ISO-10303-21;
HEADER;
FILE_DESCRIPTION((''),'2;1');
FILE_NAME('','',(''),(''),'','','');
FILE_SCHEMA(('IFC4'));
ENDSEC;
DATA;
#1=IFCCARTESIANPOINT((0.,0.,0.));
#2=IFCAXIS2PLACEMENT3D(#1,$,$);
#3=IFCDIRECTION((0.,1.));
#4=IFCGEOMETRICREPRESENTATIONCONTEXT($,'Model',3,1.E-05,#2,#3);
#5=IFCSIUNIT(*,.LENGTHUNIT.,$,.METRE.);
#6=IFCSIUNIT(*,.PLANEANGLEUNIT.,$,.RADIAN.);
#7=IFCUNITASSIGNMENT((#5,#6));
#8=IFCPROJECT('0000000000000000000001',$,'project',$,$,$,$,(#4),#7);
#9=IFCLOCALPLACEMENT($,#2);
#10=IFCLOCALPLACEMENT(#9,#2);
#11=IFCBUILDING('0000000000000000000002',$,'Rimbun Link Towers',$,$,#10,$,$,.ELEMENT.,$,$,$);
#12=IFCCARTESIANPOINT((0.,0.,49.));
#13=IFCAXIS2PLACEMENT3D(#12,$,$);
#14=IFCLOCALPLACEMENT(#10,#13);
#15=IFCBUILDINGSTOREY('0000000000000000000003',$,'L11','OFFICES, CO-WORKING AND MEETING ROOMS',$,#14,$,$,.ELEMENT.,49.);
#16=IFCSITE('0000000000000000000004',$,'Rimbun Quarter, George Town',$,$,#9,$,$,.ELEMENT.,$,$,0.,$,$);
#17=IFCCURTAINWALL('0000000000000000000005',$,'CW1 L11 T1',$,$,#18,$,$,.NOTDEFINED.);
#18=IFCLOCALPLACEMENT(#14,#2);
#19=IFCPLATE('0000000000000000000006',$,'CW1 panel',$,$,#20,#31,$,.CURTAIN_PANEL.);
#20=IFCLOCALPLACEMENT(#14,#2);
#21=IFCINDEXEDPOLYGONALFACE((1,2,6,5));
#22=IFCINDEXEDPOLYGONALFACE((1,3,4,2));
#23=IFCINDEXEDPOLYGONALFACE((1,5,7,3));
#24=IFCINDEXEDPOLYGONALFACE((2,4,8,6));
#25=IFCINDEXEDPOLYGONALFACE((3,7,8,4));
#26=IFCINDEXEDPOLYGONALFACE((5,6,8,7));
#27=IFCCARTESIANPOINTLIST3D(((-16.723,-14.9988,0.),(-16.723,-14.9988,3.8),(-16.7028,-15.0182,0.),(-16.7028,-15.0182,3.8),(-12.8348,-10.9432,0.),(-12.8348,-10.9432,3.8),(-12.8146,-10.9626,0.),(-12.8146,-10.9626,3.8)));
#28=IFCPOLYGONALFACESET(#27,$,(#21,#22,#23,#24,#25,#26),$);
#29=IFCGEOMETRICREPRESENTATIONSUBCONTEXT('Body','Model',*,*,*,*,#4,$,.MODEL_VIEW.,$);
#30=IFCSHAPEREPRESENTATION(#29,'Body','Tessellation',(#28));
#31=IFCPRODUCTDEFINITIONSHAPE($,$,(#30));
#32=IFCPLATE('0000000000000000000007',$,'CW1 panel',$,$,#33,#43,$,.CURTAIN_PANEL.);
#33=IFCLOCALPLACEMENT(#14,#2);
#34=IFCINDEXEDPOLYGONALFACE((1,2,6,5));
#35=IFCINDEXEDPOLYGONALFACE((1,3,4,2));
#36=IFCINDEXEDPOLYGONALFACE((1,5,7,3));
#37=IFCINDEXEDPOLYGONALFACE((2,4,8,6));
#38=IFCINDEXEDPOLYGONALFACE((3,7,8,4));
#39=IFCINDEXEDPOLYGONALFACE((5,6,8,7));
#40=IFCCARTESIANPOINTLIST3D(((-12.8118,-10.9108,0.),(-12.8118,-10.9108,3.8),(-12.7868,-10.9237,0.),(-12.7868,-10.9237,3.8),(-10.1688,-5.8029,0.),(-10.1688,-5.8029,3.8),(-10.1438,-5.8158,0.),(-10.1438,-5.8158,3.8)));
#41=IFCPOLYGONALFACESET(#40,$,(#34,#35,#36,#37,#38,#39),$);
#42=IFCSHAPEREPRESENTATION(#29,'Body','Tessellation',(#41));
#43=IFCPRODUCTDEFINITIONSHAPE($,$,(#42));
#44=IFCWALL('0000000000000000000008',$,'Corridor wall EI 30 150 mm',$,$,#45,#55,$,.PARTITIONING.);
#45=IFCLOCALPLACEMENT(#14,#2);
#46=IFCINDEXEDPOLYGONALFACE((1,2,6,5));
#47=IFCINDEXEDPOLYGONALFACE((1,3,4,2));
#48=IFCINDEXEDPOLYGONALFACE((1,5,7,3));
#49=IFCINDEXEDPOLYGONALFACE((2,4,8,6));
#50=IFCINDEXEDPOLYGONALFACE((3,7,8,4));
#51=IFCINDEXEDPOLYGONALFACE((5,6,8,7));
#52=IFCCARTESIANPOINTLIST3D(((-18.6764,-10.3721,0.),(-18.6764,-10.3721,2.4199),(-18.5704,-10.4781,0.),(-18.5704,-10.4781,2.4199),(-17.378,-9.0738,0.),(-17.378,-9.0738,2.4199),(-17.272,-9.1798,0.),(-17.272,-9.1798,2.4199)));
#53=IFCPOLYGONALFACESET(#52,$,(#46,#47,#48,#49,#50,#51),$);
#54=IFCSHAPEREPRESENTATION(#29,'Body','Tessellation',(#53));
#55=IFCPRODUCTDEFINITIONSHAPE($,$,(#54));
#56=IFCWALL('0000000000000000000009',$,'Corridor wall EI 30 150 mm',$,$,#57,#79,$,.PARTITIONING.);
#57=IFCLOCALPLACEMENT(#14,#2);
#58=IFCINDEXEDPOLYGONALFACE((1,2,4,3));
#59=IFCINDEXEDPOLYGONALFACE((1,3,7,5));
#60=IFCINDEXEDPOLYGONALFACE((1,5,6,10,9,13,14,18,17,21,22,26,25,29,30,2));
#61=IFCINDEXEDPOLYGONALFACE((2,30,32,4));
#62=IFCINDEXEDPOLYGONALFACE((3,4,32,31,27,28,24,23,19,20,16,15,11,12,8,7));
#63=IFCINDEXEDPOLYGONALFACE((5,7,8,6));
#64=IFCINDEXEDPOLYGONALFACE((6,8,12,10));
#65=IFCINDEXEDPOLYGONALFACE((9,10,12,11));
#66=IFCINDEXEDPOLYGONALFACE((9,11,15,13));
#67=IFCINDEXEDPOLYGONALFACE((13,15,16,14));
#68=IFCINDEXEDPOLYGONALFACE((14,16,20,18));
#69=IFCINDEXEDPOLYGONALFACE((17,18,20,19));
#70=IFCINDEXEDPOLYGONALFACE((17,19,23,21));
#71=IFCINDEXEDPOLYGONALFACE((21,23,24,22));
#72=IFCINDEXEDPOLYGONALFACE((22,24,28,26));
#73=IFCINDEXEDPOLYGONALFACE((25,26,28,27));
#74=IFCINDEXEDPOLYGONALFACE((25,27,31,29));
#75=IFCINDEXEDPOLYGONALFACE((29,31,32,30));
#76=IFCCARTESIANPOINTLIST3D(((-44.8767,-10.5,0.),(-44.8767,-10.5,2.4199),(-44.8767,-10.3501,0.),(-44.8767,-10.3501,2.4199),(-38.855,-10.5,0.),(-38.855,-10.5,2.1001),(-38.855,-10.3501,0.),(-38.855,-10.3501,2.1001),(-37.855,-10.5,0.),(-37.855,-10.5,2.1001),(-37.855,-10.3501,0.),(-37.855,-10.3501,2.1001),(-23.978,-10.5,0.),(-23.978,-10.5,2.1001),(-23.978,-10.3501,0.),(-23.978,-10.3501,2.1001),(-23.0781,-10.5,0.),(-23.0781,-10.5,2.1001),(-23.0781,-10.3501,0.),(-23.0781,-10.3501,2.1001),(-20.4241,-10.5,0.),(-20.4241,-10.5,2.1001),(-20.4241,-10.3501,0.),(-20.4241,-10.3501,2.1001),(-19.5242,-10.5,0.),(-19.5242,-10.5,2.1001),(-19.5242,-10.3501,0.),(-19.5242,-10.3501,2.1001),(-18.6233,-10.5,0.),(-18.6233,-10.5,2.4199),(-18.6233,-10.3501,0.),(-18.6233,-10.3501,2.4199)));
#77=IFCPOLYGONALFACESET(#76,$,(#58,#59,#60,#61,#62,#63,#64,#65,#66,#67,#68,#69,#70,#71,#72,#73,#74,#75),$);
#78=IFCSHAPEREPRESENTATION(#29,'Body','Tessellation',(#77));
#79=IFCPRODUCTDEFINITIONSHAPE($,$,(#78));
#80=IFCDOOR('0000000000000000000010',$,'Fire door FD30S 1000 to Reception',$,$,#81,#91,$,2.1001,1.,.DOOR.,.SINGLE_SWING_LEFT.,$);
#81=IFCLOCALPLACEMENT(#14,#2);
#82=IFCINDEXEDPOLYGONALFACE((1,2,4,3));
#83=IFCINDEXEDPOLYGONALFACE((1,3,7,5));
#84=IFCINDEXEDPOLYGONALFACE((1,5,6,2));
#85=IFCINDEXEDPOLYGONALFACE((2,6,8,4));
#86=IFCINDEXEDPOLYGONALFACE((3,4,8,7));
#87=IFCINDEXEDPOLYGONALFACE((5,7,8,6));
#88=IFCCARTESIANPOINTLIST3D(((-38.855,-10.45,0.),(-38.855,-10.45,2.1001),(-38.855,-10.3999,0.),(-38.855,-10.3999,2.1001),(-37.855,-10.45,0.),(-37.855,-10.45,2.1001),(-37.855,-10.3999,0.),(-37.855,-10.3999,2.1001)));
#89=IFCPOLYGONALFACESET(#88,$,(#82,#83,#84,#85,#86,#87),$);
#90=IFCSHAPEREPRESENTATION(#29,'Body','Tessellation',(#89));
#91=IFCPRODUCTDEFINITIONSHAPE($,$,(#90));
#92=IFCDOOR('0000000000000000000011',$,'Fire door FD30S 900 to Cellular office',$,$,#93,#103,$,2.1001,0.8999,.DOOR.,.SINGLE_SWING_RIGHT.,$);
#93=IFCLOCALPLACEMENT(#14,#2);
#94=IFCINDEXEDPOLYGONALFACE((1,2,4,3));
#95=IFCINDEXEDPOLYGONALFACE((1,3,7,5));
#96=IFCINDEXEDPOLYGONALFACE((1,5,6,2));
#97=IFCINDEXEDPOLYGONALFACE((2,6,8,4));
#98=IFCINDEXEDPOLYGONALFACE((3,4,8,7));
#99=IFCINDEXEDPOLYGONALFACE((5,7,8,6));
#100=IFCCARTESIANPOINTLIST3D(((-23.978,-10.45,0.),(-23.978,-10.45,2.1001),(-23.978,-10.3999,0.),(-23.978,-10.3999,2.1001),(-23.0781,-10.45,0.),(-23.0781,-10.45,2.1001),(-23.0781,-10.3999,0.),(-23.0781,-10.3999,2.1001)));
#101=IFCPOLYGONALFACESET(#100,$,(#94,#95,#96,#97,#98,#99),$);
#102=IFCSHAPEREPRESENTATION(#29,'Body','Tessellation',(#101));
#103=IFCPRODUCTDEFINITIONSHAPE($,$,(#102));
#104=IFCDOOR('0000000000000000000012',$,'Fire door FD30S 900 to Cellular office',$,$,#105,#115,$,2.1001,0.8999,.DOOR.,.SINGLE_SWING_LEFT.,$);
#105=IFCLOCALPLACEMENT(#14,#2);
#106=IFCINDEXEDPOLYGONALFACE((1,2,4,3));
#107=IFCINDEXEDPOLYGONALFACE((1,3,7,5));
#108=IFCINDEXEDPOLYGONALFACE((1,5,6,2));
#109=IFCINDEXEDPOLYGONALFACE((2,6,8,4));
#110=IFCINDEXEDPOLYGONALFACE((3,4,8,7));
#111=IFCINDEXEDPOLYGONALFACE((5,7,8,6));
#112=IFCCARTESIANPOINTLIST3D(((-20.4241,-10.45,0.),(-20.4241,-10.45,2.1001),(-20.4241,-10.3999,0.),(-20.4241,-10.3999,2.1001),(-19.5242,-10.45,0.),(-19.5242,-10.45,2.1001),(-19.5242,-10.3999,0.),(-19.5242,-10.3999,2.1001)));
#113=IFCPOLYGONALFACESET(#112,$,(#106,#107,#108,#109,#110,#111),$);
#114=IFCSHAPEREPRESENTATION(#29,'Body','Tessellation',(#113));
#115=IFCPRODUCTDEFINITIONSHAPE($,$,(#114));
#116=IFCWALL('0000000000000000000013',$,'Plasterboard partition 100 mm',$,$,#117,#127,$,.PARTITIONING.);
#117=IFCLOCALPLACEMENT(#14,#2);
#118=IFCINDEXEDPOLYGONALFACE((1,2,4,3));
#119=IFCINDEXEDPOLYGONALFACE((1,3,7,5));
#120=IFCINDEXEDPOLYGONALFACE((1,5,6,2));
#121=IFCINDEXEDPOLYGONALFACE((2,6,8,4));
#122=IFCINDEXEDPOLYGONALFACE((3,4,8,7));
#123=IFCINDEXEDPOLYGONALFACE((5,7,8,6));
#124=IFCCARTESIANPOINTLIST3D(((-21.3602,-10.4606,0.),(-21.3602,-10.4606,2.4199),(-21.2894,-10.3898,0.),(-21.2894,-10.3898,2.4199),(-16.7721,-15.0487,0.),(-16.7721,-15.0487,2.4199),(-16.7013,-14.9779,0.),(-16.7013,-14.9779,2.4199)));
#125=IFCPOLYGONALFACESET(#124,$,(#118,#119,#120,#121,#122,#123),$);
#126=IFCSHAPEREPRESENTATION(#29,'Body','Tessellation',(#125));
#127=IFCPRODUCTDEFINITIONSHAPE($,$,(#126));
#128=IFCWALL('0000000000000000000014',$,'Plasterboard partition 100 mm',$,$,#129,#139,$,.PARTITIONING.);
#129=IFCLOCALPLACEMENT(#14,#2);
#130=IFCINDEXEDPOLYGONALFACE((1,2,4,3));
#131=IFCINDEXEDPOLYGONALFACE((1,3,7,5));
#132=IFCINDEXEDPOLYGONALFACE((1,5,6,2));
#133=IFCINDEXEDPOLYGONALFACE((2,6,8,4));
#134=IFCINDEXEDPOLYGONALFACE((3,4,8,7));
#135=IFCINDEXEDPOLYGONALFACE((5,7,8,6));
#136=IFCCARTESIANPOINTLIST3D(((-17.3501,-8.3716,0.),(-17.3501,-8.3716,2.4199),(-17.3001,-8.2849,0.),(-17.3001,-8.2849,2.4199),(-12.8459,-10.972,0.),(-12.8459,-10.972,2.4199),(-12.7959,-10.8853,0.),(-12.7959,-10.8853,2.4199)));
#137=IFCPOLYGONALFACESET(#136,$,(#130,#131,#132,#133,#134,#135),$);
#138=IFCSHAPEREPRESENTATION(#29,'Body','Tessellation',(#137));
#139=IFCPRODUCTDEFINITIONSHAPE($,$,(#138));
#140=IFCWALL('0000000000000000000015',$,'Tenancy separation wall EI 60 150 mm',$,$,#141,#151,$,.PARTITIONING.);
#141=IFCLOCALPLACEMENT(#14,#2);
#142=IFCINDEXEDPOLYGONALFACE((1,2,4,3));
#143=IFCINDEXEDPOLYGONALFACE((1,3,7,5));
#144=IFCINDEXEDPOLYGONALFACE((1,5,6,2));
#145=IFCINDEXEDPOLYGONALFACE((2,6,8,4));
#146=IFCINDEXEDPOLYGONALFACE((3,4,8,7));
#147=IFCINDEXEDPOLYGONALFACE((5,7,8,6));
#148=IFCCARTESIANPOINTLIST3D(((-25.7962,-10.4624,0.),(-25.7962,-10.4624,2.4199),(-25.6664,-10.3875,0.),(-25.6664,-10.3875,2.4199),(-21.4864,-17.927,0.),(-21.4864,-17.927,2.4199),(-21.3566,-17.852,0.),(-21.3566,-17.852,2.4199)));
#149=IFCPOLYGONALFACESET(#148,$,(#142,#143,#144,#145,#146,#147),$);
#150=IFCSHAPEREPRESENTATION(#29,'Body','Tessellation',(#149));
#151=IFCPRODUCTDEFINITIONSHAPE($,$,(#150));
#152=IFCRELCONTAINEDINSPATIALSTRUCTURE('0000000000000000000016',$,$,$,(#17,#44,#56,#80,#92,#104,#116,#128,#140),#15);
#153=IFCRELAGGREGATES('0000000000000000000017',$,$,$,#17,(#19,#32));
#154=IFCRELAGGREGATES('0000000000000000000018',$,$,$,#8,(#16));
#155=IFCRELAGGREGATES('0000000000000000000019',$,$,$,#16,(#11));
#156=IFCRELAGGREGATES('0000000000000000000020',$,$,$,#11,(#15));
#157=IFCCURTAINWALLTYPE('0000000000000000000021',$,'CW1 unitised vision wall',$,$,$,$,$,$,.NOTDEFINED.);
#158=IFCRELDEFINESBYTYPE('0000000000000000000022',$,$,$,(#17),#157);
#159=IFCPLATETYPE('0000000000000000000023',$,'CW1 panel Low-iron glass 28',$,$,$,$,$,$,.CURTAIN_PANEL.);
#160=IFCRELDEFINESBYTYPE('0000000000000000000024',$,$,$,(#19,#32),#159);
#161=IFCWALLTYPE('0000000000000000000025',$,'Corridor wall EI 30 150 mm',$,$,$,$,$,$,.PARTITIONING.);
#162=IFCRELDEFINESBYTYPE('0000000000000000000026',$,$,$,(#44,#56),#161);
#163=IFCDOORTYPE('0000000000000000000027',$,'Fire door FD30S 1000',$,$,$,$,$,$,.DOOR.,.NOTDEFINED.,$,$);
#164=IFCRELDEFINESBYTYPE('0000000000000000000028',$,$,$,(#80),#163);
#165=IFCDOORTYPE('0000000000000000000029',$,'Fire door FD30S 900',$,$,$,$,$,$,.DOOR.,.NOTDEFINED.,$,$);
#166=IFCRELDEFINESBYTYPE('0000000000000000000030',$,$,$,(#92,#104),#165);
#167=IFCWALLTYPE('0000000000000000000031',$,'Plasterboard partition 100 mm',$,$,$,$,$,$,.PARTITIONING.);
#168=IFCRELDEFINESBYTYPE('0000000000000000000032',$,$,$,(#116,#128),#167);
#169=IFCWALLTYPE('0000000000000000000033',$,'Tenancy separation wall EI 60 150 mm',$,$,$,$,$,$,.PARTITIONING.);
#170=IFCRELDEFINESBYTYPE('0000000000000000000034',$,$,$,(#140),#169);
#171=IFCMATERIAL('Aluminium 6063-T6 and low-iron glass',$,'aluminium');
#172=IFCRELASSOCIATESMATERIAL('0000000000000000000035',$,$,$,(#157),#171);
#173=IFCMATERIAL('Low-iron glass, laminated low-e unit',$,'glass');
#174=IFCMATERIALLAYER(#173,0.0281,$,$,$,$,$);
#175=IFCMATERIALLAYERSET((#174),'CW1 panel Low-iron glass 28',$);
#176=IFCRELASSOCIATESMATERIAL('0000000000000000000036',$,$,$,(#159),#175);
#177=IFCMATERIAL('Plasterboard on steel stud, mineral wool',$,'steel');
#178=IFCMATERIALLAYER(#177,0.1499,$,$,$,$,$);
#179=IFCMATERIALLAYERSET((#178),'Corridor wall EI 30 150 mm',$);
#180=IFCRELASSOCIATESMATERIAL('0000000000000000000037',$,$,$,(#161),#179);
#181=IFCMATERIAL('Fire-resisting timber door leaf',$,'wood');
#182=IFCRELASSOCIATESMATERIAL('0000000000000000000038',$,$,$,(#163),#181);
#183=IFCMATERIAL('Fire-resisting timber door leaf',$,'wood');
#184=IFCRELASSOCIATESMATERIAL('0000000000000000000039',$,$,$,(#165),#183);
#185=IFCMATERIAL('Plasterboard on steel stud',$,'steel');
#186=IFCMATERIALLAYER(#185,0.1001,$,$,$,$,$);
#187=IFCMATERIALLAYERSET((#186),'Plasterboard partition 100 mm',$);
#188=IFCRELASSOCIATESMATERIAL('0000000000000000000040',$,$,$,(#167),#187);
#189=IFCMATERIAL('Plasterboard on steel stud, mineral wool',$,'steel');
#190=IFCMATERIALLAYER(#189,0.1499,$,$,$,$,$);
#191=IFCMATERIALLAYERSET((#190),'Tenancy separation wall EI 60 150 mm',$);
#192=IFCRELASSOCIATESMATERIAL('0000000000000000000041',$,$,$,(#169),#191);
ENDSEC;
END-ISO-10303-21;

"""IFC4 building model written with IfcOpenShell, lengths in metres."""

from ifc_helpers import new_model, si_unit, direction, frame, frame_2d, origin, origin_2d, place, context, subcontext, project, spatial, rectangle, extrude, material, layer, layer_set, type_object, element, fill, aggregate, save


model = new_model("IFC4")

# Units and contexts
model_context = context("Model", 3, precision=1e-05, world=origin(), true_north=direction((0.0, 1.0)))
body_context = subcontext(model_context, "Body", "Model", "MODEL_VIEW")
ifc_project = project(units=[si_unit("LENGTHUNIT", "METRE"), si_unit("PLANEANGLEUNIT", "RADIAN")], contexts=[model_context])

# Site, building, storey
site_placement = place(None, origin())
site = spatial("IfcSite", under=ifc_project, at=site_placement, Name="Rimbun Quarter, George Town", CompositionType="ELEMENT", RefElevation=0.0)
building_placement = place(site_placement, origin())
building = spatial("IfcBuilding", under=site, at=building_placement, Name="Rimbun Link Towers", CompositionType="ELEMENT")
storey_placement = place(building_placement, frame((0.0, 0.0, 49.0)))
storey = spatial("IfcBuildingStorey", under=building, at=storey_placement, Name="L11", Description="OFFICES, CO-WORKING AND MEETING ROOMS", CompositionType="ELEMENT", Elevation=49.0)

# Curtain wall
ifc_material_1 = material(Name="Aluminium 6063-T6 and low-iron glass", Category="aluminium")
curtain_wall_type = type_object("IfcCurtainWallType", Name="CW1 unitised vision wall", PredefinedType="NOTDEFINED", material=ifc_material_1)
curtain_wall_placement = place(storey_placement, origin())
curtain_wall = element("IfcCurtainWall", 1, at=curtain_wall_placement, inside=storey, type_object=curtain_wall_type, Name="CW1 L11 T1", PredefinedType="NOTDEFINED")

# Plates
ifc_material_2 = material(Name="Low-iron glass, laminated low-e unit", Category="glass")
ifc_layer_1 = layer(ifc_material_2, 0.0281)
ifc_layer_set_1 = layer_set([ifc_layer_1], Name="CW1 panel Low-iron glass 28")
plate_type = type_object("IfcPlateType", Name="CW1 panel Low-iron glass 28", PredefinedType="CURTAIN_PANEL", material=ifc_layer_set_1)
plate_1_placement = place(storey_placement, frame((-14.7688, -12.9807, 0.0), z_axis=(0.0, 0.0, 1.0), x_axis=(-0.692052, -0.721848, 0.0)))
plate_1 = element("IfcPlate", 2, at=plate_1_placement, type_object=plate_type, Name="CW1 panel", PredefinedType="CURTAIN_PANEL", context=body_context, shape_type="SweptSolid", body=[
    extrude(rectangle(XDim=5.6184, YDim=0.0281, at=origin_2d()), origin(), (0.0, 0.0, 1.0), 3.8),
])
plate_2_placement = place(storey_placement, frame((-11.4778, -8.3633, 0.0), z_axis=(0.0, 0.0, 1.0), x_axis=(-0.459555, -0.888149, 0.0)))
plate_2 = element("IfcPlate", 3, at=plate_2_placement, type_object=plate_type, Name="CW1 panel", PredefinedType="CURTAIN_PANEL", context=body_context, shape_type="SweptSolid", body=[
    extrude(rectangle(XDim=5.7512, YDim=0.0281, at=origin_2d()), origin(), (0.0, 0.0, 1.0), 3.8),
])
aggregate(curtain_wall, [plate_1, plate_2])

# Wall
ifc_material_3 = material(Name="Plasterboard on steel stud, mineral wool", Category="steel")
ifc_layer_2 = layer(ifc_material_3, 0.1499)
ifc_layer_set_2 = layer_set([ifc_layer_2], Name="Corridor wall EI 30 150 mm")
wall_type_1 = type_object("IfcWallType", Name="Corridor wall EI 30 150 mm", PredefinedType="PARTITIONING", material=ifc_layer_set_2)
wall_1_placement = place(storey_placement, frame((-18.6233, -10.425, 0.0), z_axis=(0.0, 0.0, 1.0), x_axis=(0.707107, 0.707107, 0.0)))
element("IfcWall", 4, at=wall_1_placement, inside=storey, type_object=wall_type_1, Name="Corridor wall EI 30 150 mm", PredefinedType="PARTITIONING", context=body_context, shape_type="SweptSolid", body=[
    extrude(rectangle(XDim=1.8362, YDim=0.1499, at=frame_2d((0.918, 0.0))), origin(), (0.0, 0.0, 1.0), 2.4199),
])

# Wall, openings, doors
wall_2_placement = place(storey_placement, frame((-18.6233, -10.425, 0.0), z_axis=(0.0, 0.0, 1.0), x_axis=(-1.0, 0.0, 0.0)))
wall_2 = element("IfcWall", 5, at=wall_2_placement, inside=storey, type_object=wall_type_1, Name="Corridor wall EI 30 150 mm", PredefinedType="PARTITIONING", context=body_context, shape_type="SweptSolid", body=[
    extrude(rectangle(XDim=26.2534, YDim=0.1499, at=frame_2d((13.1267, 0.0))), origin(), (0.0, 0.0, 1.0), 2.4199),
])
opening_1_placement = place(wall_2_placement, frame((19.2317, 0.0, 0.0)))
opening_1 = element("IfcOpeningElement", 6, at=opening_1_placement, cuts=wall_2, PredefinedType="OPENING", context=body_context, shape_type="SweptSolid", body=[
    extrude(rectangle(XDim=1.0, YDim=2.1001, at=frame_2d((0.5, 1.05))), frame((0.0, 0.085, 0.0), z_axis=(0.0, -1.0, 0.0), x_axis=(1.0, 0.0, 0.0)), (0.0, 0.0, 1.0), 0.1699),
])
opening_2_placement = place(wall_2_placement, frame((4.4548, 0.0, 0.0)))
opening_2 = element("IfcOpeningElement", 7, at=opening_2_placement, cuts=wall_2, PredefinedType="OPENING", context=body_context, shape_type="SweptSolid", body=[
    extrude(rectangle(XDim=0.8999, YDim=2.1001, at=frame_2d((0.45, 1.05))), frame((0.0, 0.085, 0.0), z_axis=(0.0, -1.0, 0.0), x_axis=(1.0, 0.0, 0.0)), (0.0, 0.0, 1.0), 0.1699),
])
opening_3_placement = place(wall_2_placement, frame((0.9009, 0.0, 0.0)))
opening_3 = element("IfcOpeningElement", 8, at=opening_3_placement, cuts=wall_2, PredefinedType="OPENING", context=body_context, shape_type="SweptSolid", body=[
    extrude(rectangle(XDim=0.8999, YDim=2.1001, at=frame_2d((0.45, 1.05))), frame((0.0, 0.085, 0.0), z_axis=(0.0, -1.0, 0.0), x_axis=(1.0, 0.0, 0.0)), (0.0, 0.0, 1.0), 0.1699),
])
ifc_material_4 = material(Name="Fire-resisting timber door leaf", Category="wood")
door_type_1 = type_object("IfcDoorType", Name="Fire door FD30S 1000", OperationType="NOTDEFINED", PredefinedType="DOOR", material=ifc_material_4)
door_1_placement = place(opening_1_placement, origin())
door_1 = element("IfcDoor", 9, at=door_1_placement, inside=storey, type_object=door_type_1, Name="Fire door FD30S 1000 to Reception", OperationType="SINGLE_SWING_LEFT", OverallHeight=2.1001, OverallWidth=1.0, PredefinedType="DOOR", context=body_context, shape_type="SweptSolid", body=[
    extrude(rectangle(XDim=1.0, YDim=2.1001, at=frame_2d((0.5, 1.05))), frame((0.0, 0.0249, 0.0), z_axis=(0.0, -1.0, 0.0), x_axis=(1.0, 0.0, 0.0)), (0.0, 0.0, 1.0), 0.05),
])
fill(opening_1, door_1)
ifc_material_5 = material(Name="Fire-resisting timber door leaf", Category="wood")
door_type_2 = type_object("IfcDoorType", Name="Fire door FD30S 900", OperationType="NOTDEFINED", PredefinedType="DOOR", material=ifc_material_5)
door_2_placement = place(opening_2_placement, origin())
door_2 = element("IfcDoor", 10, at=door_2_placement, inside=storey, type_object=door_type_2, Name="Fire door FD30S 900 to Cellular office", OperationType="SINGLE_SWING_RIGHT", OverallHeight=2.1001, OverallWidth=0.8999, PredefinedType="DOOR", context=body_context, shape_type="SweptSolid", body=[
    extrude(rectangle(XDim=0.8999, YDim=2.1001, at=frame_2d((0.45, 1.05))), frame((0.0, 0.0249, 0.0), z_axis=(0.0, -1.0, 0.0), x_axis=(1.0, 0.0, 0.0)), (0.0, 0.0, 1.0), 0.05),
])
fill(opening_2, door_2)
door_3_placement = place(opening_3_placement, origin())
door_3 = element("IfcDoor", 11, at=door_3_placement, inside=storey, type_object=door_type_2, Name="Fire door FD30S 900 to Cellular office", OperationType="SINGLE_SWING_LEFT", OverallHeight=2.1001, OverallWidth=0.8999, PredefinedType="DOOR", context=body_context, shape_type="SweptSolid", body=[
    extrude(rectangle(XDim=0.8999, YDim=2.1001, at=frame_2d((0.45, 1.05))), frame((0.0, 0.0249, 0.0), z_axis=(0.0, -1.0, 0.0), x_axis=(1.0, 0.0, 0.0)), (0.0, 0.0, 1.0), 0.05),
])
fill(opening_3, door_3)

# Walls
ifc_material_6 = material(Name="Plasterboard on steel stud", Category="steel")
ifc_layer_3 = layer(ifc_material_6, 0.1001)
ifc_layer_set_3 = layer_set([ifc_layer_3], Name="Plasterboard partition 100 mm")
wall_type_2 = type_object("IfcWallType", Name="Plasterboard partition 100 mm", PredefinedType="PARTITIONING", material=ifc_layer_set_3)
wall_3_placement = place(storey_placement, frame((-16.7368, -15.0132, 0.0), z_axis=(0.0, 0.0, 1.0), x_axis=(-0.707107, 0.707107, 0.0)))
element("IfcWall", 12, at=wall_3_placement, inside=storey, type_object=wall_type_2, Name="Plasterboard partition 100 mm", PredefinedType="PARTITIONING", context=body_context, shape_type="SweptSolid", body=[
    extrude(rectangle(XDim=6.4885, YDim=0.1001, at=frame_2d((3.2441, 0.0))), origin(), (0.0, 0.0, 1.0), 2.4199),
])
wall_4_placement = place(storey_placement, frame((-12.8208, -10.9287, 0.0), z_axis=(0.0, 0.0, 1.0), x_axis=(-0.866036, 0.499981, 0.0)))
element("IfcWall", 13, at=wall_4_placement, inside=storey, type_object=wall_type_2, Name="Plasterboard partition 100 mm", PredefinedType="PARTITIONING", context=body_context, shape_type="SweptSolid", body=[
    extrude(rectangle(XDim=5.2009, YDim=0.1001, at=frame_2d((2.6006, 0.0))), origin(), (0.0, 0.0, 1.0), 2.4199),
])
ifc_material_7 = material(Name="Plasterboard on steel stud, mineral wool", Category="steel")
ifc_layer_4 = layer(ifc_material_7, 0.1499)
ifc_layer_set_4 = layer_set([ifc_layer_4], Name="Tenancy separation wall EI 60 150 mm")
wall_type_3 = type_object("IfcWallType", Name="Tenancy separation wall EI 60 150 mm", PredefinedType="PARTITIONING", material=ifc_layer_set_4)
wall_5_placement = place(storey_placement, frame((-25.7312, -10.425, 0.0), z_axis=(0.0, 0.0, 1.0), x_axis=(0.500011, -0.866019, 0.0)))
element("IfcWall", 14, at=wall_5_placement, inside=storey, type_object=wall_type_3, Name="Tenancy separation wall EI 60 150 mm", PredefinedType="PARTITIONING", context=body_context, shape_type="SweptSolid", body=[
    extrude(rectangle(XDim=8.6194, YDim=0.1499, at=frame_2d((4.3096, 0.0))), origin(), (0.0, 0.0, 1.0), 2.4199),
])

save(model, "model.ifc")
